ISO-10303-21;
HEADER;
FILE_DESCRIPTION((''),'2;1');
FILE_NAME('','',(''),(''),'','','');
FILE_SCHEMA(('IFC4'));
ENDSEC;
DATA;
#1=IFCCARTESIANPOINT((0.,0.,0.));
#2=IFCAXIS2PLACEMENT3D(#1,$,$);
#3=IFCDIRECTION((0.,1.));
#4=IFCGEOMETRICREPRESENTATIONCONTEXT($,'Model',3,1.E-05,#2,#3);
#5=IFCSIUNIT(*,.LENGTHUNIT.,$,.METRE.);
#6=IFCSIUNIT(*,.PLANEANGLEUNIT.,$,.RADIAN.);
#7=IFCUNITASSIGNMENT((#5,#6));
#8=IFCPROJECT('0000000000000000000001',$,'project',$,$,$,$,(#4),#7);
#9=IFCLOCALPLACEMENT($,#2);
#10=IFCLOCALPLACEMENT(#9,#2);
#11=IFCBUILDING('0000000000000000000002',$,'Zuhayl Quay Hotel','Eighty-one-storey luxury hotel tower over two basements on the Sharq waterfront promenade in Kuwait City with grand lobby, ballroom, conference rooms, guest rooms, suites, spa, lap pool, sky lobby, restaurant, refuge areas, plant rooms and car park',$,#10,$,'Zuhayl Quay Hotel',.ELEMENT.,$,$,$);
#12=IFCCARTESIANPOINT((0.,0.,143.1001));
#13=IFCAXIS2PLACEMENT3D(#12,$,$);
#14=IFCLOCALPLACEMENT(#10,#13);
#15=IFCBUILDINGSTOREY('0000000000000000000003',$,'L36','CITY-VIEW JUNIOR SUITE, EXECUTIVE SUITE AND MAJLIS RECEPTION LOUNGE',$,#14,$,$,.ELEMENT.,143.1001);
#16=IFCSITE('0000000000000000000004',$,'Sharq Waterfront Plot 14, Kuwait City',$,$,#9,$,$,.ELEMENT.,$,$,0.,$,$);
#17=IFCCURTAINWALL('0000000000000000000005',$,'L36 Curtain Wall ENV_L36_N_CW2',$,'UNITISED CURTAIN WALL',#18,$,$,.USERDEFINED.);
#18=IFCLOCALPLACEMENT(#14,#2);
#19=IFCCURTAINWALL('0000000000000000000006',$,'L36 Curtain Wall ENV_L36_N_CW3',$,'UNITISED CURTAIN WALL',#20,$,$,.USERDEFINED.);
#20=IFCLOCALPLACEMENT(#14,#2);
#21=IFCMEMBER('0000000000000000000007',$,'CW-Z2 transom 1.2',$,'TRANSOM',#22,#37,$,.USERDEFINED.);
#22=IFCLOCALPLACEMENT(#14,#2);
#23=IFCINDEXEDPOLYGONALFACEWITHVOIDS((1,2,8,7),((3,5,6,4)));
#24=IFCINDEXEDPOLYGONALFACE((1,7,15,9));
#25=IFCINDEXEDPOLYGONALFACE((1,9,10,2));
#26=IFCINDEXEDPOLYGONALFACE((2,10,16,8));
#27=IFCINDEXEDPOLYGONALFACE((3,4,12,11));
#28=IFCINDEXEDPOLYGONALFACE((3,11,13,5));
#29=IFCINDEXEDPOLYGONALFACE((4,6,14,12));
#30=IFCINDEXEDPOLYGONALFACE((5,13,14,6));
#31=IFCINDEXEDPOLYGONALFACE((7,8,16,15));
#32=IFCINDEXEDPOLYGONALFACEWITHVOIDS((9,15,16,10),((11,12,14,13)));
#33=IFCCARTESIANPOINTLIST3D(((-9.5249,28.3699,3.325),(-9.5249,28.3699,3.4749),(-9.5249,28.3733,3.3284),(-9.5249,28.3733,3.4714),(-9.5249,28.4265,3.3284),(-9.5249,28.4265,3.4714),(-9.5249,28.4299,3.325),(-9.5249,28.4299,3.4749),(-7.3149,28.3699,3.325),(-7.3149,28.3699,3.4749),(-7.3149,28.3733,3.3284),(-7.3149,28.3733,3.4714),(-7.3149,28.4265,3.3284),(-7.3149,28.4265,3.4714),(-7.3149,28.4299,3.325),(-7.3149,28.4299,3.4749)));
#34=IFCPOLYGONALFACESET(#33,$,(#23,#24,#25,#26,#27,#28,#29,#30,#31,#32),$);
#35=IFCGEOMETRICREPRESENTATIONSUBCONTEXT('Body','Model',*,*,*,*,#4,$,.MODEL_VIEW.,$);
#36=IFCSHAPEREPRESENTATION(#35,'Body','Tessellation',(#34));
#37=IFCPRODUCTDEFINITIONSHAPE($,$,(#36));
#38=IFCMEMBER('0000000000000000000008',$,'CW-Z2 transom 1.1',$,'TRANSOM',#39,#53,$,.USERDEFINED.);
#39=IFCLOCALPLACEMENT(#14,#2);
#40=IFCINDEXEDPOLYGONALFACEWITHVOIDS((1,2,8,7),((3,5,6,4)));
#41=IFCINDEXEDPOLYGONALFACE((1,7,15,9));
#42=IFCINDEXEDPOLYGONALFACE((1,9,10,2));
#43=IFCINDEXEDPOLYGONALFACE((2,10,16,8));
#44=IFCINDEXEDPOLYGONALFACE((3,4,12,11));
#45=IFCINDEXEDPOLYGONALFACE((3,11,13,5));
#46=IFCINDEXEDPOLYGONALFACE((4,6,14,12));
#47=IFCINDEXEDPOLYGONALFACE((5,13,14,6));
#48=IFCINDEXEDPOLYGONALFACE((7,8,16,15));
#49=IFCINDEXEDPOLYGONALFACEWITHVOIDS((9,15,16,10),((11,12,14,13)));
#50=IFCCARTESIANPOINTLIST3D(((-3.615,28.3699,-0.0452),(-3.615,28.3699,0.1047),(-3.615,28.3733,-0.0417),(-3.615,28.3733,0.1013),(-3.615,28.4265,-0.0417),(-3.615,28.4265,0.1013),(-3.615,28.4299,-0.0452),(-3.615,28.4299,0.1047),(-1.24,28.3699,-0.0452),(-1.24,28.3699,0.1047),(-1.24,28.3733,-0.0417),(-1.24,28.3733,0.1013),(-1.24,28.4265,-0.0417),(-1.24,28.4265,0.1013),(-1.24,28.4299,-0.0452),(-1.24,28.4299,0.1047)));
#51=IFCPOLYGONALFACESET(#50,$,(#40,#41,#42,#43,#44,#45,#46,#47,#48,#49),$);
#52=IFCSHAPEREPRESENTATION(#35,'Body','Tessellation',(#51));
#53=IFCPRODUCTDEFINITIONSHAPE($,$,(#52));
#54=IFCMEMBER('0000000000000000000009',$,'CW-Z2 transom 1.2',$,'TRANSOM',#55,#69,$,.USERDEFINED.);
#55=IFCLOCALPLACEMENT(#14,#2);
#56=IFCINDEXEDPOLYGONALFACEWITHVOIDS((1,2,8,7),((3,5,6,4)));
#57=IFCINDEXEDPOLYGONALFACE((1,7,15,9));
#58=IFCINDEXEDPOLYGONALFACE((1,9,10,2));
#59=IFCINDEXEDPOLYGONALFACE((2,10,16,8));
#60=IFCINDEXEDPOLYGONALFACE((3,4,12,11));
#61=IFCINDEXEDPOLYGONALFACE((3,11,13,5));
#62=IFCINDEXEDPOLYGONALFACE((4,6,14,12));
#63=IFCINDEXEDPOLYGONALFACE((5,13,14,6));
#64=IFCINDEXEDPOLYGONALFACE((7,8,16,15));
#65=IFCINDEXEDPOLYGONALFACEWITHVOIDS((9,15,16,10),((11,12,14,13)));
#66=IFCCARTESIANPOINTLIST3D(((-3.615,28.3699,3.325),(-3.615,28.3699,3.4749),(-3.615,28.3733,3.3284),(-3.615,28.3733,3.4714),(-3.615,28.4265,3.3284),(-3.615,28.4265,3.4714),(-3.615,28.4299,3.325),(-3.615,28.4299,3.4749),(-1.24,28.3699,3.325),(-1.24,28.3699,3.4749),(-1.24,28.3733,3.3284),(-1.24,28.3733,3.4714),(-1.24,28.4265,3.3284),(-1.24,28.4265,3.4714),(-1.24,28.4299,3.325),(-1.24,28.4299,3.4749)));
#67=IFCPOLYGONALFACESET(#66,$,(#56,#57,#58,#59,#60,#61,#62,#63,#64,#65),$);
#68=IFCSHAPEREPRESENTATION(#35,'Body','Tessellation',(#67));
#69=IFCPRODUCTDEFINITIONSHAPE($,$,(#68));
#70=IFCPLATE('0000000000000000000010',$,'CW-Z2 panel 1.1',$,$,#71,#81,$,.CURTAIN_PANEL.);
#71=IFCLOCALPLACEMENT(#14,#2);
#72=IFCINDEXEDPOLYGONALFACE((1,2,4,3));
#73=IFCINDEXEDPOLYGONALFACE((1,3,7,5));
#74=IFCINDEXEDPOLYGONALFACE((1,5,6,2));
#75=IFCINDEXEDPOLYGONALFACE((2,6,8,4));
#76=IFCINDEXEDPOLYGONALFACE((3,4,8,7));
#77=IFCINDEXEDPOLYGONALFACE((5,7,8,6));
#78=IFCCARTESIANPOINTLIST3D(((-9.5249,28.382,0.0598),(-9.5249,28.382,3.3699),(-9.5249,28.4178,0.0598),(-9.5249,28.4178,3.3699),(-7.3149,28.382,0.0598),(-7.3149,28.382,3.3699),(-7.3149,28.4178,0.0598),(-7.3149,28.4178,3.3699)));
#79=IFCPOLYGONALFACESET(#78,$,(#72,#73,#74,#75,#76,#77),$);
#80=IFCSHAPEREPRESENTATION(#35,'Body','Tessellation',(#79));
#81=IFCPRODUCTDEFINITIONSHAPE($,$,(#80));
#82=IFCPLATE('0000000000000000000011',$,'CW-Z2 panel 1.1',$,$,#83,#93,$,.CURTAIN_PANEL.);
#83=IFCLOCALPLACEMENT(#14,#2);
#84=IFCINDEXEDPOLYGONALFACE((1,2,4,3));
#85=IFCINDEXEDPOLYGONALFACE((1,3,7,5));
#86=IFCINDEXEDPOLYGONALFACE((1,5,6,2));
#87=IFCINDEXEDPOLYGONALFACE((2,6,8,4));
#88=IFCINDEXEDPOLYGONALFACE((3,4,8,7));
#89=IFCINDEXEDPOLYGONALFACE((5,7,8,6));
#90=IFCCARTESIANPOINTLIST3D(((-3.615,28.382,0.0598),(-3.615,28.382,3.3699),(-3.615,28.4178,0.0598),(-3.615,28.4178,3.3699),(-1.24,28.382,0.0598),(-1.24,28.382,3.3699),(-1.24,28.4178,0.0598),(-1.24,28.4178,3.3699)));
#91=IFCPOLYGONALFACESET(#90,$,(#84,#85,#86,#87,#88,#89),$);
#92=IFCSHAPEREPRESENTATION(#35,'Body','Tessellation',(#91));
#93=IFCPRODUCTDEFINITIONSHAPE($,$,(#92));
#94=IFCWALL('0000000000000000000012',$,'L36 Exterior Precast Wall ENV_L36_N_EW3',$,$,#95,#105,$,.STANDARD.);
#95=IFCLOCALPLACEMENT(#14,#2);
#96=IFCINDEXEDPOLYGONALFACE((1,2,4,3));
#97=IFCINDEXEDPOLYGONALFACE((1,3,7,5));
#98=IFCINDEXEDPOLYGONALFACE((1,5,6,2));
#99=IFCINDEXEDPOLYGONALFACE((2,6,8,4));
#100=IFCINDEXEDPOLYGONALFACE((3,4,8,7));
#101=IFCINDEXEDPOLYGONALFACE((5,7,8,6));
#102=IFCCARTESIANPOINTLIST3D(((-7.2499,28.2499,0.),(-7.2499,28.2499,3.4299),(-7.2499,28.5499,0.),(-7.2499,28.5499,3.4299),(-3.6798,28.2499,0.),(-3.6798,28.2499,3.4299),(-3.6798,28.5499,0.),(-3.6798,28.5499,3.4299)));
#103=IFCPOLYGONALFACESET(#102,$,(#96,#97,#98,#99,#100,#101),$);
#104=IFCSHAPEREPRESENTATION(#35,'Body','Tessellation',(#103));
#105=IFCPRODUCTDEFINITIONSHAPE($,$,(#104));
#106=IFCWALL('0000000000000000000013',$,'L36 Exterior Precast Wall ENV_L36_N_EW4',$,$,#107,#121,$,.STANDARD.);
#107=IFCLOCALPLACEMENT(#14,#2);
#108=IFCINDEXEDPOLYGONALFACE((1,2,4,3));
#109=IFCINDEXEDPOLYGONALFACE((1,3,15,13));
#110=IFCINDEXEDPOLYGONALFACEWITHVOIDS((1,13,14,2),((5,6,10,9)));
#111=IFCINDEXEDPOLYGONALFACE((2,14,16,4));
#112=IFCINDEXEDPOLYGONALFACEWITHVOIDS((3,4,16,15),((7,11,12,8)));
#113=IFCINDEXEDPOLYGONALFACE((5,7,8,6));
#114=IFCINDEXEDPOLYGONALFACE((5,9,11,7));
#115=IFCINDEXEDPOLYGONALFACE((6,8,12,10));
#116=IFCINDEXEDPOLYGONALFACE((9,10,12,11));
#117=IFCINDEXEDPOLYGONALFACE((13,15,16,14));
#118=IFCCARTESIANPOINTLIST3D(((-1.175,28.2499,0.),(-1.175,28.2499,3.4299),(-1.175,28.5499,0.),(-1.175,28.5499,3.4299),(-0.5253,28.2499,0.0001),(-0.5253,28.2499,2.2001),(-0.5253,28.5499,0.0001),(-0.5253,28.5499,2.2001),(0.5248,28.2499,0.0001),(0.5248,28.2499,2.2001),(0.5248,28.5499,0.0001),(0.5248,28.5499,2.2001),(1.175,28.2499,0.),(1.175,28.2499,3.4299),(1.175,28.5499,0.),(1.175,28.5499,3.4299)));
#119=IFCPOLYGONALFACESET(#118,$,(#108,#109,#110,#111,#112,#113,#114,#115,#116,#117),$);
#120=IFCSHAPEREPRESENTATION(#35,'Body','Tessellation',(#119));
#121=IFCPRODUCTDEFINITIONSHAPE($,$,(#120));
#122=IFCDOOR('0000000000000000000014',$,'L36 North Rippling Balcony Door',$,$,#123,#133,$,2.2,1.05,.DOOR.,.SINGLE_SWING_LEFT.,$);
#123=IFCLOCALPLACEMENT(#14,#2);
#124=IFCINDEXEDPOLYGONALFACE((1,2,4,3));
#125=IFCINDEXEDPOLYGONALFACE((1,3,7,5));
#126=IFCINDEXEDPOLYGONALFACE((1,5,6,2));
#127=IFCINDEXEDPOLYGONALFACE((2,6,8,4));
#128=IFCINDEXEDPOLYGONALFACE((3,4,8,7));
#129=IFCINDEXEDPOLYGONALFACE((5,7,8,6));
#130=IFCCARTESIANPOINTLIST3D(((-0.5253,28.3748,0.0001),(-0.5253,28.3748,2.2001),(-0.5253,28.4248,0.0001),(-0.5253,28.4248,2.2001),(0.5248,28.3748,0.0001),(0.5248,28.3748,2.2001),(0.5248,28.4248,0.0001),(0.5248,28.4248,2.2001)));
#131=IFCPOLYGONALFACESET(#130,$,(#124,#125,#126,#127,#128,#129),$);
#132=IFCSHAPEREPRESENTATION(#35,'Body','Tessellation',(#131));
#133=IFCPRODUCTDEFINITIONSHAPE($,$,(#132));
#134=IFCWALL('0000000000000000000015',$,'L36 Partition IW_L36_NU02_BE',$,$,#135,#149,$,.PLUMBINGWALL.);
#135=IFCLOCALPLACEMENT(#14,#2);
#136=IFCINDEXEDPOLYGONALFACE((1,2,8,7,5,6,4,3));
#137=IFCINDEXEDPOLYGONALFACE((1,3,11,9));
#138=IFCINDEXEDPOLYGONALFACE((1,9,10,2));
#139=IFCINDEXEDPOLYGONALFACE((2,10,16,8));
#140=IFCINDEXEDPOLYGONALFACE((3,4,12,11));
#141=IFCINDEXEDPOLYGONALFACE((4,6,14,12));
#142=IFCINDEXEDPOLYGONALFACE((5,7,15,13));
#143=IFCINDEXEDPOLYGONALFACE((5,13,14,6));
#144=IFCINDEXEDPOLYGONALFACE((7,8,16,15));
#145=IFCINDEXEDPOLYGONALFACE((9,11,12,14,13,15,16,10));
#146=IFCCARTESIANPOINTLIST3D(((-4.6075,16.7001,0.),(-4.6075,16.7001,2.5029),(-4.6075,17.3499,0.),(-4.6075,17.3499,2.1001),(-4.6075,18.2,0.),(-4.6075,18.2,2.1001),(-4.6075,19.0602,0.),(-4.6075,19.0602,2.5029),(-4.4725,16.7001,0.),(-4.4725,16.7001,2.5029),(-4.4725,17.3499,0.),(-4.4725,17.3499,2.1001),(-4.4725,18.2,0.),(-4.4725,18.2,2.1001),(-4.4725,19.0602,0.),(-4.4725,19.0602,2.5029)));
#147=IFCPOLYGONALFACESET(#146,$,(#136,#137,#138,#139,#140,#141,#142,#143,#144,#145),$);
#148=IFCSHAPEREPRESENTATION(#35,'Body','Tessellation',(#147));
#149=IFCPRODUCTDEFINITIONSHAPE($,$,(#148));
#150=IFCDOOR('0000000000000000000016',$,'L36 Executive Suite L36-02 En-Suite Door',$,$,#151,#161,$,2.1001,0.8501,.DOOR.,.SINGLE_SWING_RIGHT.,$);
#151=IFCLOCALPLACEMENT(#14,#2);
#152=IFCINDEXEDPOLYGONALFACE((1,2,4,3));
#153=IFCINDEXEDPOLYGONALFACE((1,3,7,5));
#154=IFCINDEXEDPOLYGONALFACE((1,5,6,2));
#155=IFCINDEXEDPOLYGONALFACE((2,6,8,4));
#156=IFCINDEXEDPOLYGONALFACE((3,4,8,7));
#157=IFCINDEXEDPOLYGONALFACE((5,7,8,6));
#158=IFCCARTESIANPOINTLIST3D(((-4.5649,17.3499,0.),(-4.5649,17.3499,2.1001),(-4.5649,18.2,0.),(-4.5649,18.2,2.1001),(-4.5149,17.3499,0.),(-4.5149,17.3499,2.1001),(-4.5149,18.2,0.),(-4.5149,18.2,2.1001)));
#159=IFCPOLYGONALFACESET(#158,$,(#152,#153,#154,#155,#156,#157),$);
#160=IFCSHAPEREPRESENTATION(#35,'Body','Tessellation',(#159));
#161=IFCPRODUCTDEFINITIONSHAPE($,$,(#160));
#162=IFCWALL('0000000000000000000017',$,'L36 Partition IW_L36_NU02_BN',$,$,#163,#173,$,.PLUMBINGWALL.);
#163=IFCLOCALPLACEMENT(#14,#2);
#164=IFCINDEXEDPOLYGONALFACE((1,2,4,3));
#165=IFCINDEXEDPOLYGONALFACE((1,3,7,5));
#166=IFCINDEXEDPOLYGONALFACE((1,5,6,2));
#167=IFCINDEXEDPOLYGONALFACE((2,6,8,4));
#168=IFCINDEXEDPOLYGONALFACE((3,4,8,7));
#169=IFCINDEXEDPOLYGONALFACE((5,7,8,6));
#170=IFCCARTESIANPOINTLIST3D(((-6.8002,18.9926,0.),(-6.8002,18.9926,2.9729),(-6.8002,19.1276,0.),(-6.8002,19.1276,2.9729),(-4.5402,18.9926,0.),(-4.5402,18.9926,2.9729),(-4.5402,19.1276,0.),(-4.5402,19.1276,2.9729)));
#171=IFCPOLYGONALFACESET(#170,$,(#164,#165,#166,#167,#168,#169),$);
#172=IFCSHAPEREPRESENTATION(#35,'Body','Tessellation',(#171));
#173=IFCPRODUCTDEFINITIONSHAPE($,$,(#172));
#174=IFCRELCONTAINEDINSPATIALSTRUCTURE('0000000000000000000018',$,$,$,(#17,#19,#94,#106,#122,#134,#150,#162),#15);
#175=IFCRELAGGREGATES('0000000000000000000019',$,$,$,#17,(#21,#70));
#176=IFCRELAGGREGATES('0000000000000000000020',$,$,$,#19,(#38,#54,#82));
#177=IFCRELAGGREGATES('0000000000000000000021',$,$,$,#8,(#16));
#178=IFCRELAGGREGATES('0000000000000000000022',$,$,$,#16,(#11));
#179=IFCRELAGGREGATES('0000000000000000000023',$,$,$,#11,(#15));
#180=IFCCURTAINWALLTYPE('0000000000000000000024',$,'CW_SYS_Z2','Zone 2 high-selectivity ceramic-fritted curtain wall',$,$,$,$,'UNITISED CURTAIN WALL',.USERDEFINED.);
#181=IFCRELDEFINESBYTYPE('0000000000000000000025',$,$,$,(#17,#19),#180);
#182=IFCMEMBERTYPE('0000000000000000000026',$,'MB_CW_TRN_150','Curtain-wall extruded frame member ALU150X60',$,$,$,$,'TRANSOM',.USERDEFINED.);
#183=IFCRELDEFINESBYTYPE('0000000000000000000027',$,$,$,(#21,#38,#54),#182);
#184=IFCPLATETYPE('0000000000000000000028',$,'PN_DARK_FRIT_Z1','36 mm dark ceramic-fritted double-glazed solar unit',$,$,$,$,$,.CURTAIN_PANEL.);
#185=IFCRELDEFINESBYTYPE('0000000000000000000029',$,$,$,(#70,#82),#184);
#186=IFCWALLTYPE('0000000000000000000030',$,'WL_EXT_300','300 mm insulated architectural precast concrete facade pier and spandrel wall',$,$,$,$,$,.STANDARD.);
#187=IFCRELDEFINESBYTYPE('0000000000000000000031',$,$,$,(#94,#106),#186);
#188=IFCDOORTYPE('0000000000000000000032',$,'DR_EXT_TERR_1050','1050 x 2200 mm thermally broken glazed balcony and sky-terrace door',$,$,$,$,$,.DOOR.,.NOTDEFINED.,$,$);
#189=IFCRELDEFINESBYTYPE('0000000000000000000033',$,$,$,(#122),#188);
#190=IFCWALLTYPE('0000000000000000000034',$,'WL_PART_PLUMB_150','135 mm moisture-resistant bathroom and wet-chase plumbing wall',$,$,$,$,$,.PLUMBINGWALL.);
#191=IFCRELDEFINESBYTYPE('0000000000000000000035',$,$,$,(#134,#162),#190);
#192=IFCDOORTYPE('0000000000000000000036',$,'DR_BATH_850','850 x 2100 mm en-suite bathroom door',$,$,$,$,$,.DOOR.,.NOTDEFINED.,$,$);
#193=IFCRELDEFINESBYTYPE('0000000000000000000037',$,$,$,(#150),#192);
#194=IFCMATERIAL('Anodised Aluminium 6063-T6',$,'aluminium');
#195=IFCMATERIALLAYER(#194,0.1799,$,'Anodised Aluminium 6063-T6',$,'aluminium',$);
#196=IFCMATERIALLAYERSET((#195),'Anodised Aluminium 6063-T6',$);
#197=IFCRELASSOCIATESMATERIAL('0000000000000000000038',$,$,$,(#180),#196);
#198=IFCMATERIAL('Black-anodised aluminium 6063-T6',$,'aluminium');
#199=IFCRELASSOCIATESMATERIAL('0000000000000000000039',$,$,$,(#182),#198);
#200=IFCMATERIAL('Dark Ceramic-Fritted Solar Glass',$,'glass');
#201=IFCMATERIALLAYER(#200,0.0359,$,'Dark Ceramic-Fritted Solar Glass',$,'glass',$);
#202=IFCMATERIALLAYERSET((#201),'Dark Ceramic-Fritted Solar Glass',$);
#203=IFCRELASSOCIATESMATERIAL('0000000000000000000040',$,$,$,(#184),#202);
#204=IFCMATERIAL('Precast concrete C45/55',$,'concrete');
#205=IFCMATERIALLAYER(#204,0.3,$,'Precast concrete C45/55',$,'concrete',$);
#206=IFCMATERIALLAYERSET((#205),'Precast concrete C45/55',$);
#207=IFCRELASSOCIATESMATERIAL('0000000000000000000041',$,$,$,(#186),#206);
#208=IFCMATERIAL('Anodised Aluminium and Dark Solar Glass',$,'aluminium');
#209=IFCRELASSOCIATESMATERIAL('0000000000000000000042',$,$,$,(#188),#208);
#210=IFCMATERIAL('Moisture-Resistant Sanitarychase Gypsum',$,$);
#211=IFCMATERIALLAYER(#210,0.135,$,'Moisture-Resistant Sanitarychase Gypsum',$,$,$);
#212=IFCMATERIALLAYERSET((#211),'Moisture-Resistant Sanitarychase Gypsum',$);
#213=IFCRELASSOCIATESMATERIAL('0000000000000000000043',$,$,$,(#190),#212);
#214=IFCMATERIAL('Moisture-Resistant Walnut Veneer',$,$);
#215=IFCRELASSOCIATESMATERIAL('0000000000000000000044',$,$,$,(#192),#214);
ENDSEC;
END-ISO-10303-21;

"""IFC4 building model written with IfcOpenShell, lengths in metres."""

from ifc_helpers import new_model, si_unit, direction, frame, frame_2d, origin, origin_2d, place, context, subcontext, project, spatial, rectangle, hollow_rectangle, extrude, material, layer, layer_set, material_profile, profile_set, type_object, element, fill, aggregate, save


model = new_model("IFC4")

# Units and contexts
model_context = context("Model", 3, precision=1e-05, world=origin(), true_north=direction((0.0, 1.0)))
body_context = subcontext(model_context, "Body", "Model", "MODEL_VIEW")
ifc_project = project(units=[si_unit("LENGTHUNIT", "METRE"), si_unit("PLANEANGLEUNIT", "RADIAN")], contexts=[model_context])

# Site, building, storey
site_placement = place(None, origin())
site = spatial("IfcSite", under=ifc_project, at=site_placement, Name="Sharq Waterfront Plot 14, Kuwait City", CompositionType="ELEMENT", RefElevation=0.0)
building_placement = place(site_placement, origin())
building = spatial("IfcBuilding", under=site, at=building_placement, Name="Zuhayl Quay Hotel", Description="Eighty-one-storey luxury hotel tower over two basements on the Sharq waterfront promenade in Kuwait City with grand lobby, ballroom, conference rooms, guest rooms, suites, spa, lap pool, sky lobby, restaurant, refuge areas, plant rooms and car park", LongName="Zuhayl Quay Hotel", CompositionType="ELEMENT")
storey_placement = place(building_placement, frame((0.0, 0.0, 143.1001)))
storey = spatial("IfcBuildingStorey", under=building, at=storey_placement, Name="L36", Description="CITY-VIEW JUNIOR SUITE, EXECUTIVE SUITE AND MAJLIS RECEPTION LOUNGE", CompositionType="ELEMENT", Elevation=143.1001)

# Curtain walls
ifc_material_1 = material(Name="Anodised Aluminium 6063-T6", Category="aluminium")
ifc_layer_1 = layer(ifc_material_1, 0.1799, Name="Anodised Aluminium 6063-T6", Category="aluminium")
ifc_layer_set_1 = layer_set([ifc_layer_1], Name="Anodised Aluminium 6063-T6")
curtain_wall_type = type_object("IfcCurtainWallType", Name="CW_SYS_Z2", Description="Zone 2 high-selectivity ceramic-fritted curtain wall", ElementType="UNITISED CURTAIN WALL", PredefinedType="USERDEFINED", material=ifc_layer_set_1)
curtain_wall_1_placement = place(storey_placement, origin())
curtain_wall_1 = element("IfcCurtainWall", 1, at=curtain_wall_1_placement, inside=storey, type_object=curtain_wall_type, Name="L36 Curtain Wall ENV_L36_N_CW2", ObjectType="UNITISED CURTAIN WALL", PredefinedType="USERDEFINED")
ifc_material_2 = material(Name="Black-anodised aluminium 6063-T6", Category="aluminium")
curtain_wall_2_placement = place(storey_placement, origin())
curtain_wall_2 = element("IfcCurtainWall", 2, at=curtain_wall_2_placement, inside=storey, type_object=curtain_wall_type, Name="L36 Curtain Wall ENV_L36_N_CW3", ObjectType="UNITISED CURTAIN WALL", PredefinedType="USERDEFINED")

# Members
ifc_material_profile_1 = material_profile(ifc_material_2, hollow_rectangle(XDim=0.0601, YDim=0.1499, WallThickness=0.0034, at=origin_2d()), Name="ALU150X60")
ifc_profile_set_1 = profile_set([ifc_material_profile_1], Name="Black-anodised aluminium 6063-T6")
member_type_1 = type_object("IfcMemberType", Name="MB_CW_TRN_150", Description="Curtain-wall extruded frame member ALU150X60", ElementType="TRANSOM", PredefinedType="USERDEFINED", material=ifc_profile_set_1)
member_1_placement = place(storey_placement, frame((-9.5249, 28.3999, 3.3999), z_axis=(1.0, 0.0, 0.0), x_axis=(0.0, 1.0, 0.0)))
member_1 = element("IfcMember", 3, at=member_1_placement, type_object=member_type_1, Name="CW-Z2 transom 1.2", ObjectType="TRANSOM", PredefinedType="USERDEFINED", context=body_context, shape_type="SweptSolid", body=[
    extrude(hollow_rectangle(XDim=0.0601, YDim=0.1499, WallThickness=0.0034, at=origin_2d()), origin(), (0.0, 0.0, 1.0), 2.21),
])
member_2_placement = place(storey_placement, frame((-3.615, 28.3999, 0.0298), z_axis=(1.0, 0.0, 0.0), x_axis=(0.0, 1.0, 0.0)))
member_2 = element("IfcMember", 4, at=member_2_placement, type_object=member_type_1, Name="CW-Z2 transom 1.1", ObjectType="TRANSOM", PredefinedType="USERDEFINED", context=body_context, shape_type="SweptSolid", body=[
    extrude(hollow_rectangle(XDim=0.0601, YDim=0.1499, WallThickness=0.0034, at=origin_2d()), origin(), (0.0, 0.0, 1.0), 2.375),
])
member_3_placement = place(storey_placement, frame((-3.615, 28.3999, 3.3999), z_axis=(1.0, 0.0, 0.0), x_axis=(0.0, 1.0, 0.0)))
member_3 = element("IfcMember", 5, at=member_3_placement, type_object=member_type_1, Name="CW-Z2 transom 1.2", ObjectType="TRANSOM", PredefinedType="USERDEFINED", context=body_context, shape_type="SweptSolid", body=[
    extrude(hollow_rectangle(XDim=0.0601, YDim=0.1499, WallThickness=0.0034, at=origin_2d()), origin(), (0.0, 0.0, 1.0), 2.375),
])

# Plates
ifc_material_3 = material(Name="Dark Ceramic-Fritted Solar Glass", Category="glass")
ifc_layer_2 = layer(ifc_material_3, 0.0359, Name="Dark Ceramic-Fritted Solar Glass", Category="glass")
ifc_layer_set_2 = layer_set([ifc_layer_2], Name="Dark Ceramic-Fritted Solar Glass")
plate_type = type_object("IfcPlateType", Name="PN_DARK_FRIT_Z1", Description="36 mm dark ceramic-fritted double-glazed solar unit", PredefinedType="CURTAIN_PANEL", material=ifc_layer_set_2)
plate_1_placement = place(storey_placement, frame((-8.4199, 28.3999, 0.0598), z_axis=(0.0, 0.0, 1.0), x_axis=(1.0, 0.0, 0.0)))
plate_1 = element("IfcPlate", 6, at=plate_1_placement, type_object=plate_type, Name="CW-Z2 panel 1.1", PredefinedType="CURTAIN_PANEL", context=body_context, shape_type="SweptSolid", body=[
    extrude(rectangle(XDim=2.21, YDim=0.0359, at=origin_2d()), origin(), (0.0, 0.0, 1.0), 3.3101),
])
aggregate(curtain_wall_1, [member_1, plate_1])
plate_2_placement = place(storey_placement, frame((-2.4275, 28.3999, 0.0598), z_axis=(0.0, 0.0, 1.0), x_axis=(1.0, 0.0, 0.0)))
plate_2 = element("IfcPlate", 7, at=plate_2_placement, type_object=plate_type, Name="CW-Z2 panel 1.1", PredefinedType="CURTAIN_PANEL", context=body_context, shape_type="SweptSolid", body=[
    extrude(rectangle(XDim=2.375, YDim=0.0359, at=origin_2d()), origin(), (0.0, 0.0, 1.0), 3.3101),
])
aggregate(curtain_wall_2, [member_2, member_3, plate_2])

# Wall
ifc_material_4 = material(Name="Precast concrete C45/55", Category="concrete")
ifc_layer_3 = layer(ifc_material_4, 0.3, Name="Precast concrete C45/55", Category="concrete")
ifc_layer_set_3 = layer_set([ifc_layer_3], Name="Precast concrete C45/55")
wall_type_1 = type_object("IfcWallType", Name="WL_EXT_300", Description="300 mm insulated architectural precast concrete facade pier and spandrel wall", PredefinedType="STANDARD", material=ifc_layer_set_3)
wall_1_placement = place(storey_placement, frame((-7.25, 28.3999, 0.0), z_axis=(0.0, 0.0, 1.0), x_axis=(1.0, 0.0, 0.0)))
element("IfcWall", 8, at=wall_1_placement, inside=storey, type_object=wall_type_1, Name="L36 Exterior Precast Wall ENV_L36_N_EW3", PredefinedType="STANDARD", context=body_context, shape_type="SweptSolid", body=[
    extrude(rectangle(XDim=3.5701, YDim=0.3, at=frame_2d((1.7852, 0.0))), origin(), (0.0, 0.0, 1.0), 3.4299),
])

# Walls, openings, doors
wall_2_placement = place(storey_placement, frame((-1.175, 28.3999, 0.0), z_axis=(0.0, 0.0, 1.0), x_axis=(1.0, 0.0, 0.0)))
wall_2 = element("IfcWall", 9, at=wall_2_placement, inside=storey, type_object=wall_type_1, Name="L36 Exterior Precast Wall ENV_L36_N_EW4", PredefinedType="STANDARD", context=body_context, shape_type="SweptSolid", body=[
    extrude(rectangle(XDim=2.3501, YDim=0.3, at=frame_2d((1.175, 0.0))), origin(), (0.0, 0.0, 1.0), 3.4299),
])
opening_1_placement = place(wall_2_placement, frame((0.6499, 0.0, 0.0)))
opening_1 = element("IfcOpeningElement", 10, at=opening_1_placement, cuts=wall_2, PredefinedType="OPENING", context=body_context, shape_type="SweptSolid", body=[
    extrude(rectangle(XDim=1.05, YDim=2.2, at=frame_2d((0.5249, 1.1001))), frame((0.0, 0.1599, 0.0), z_axis=(0.0, -1.0, 0.0), x_axis=(1.0, 0.0, 0.0)), (0.0, 0.0, 1.0), 0.3201),
])
ifc_material_5 = material(Name="Anodised Aluminium and Dark Solar Glass", Category="aluminium")
door_type_1 = type_object("IfcDoorType", Name="DR_EXT_TERR_1050", Description="1050 x 2200 mm thermally broken glazed balcony and sky-terrace door", OperationType="NOTDEFINED", PredefinedType="DOOR", material=ifc_material_5)
door_1_placement = place(opening_1_placement, origin())
door_1 = element("IfcDoor", 11, at=door_1_placement, inside=storey, type_object=door_type_1, Name="L36 North Rippling Balcony Door", OperationType="SINGLE_SWING_LEFT", OverallHeight=2.2, OverallWidth=1.05, PredefinedType="DOOR", context=body_context, shape_type="SweptSolid", body=[
    extrude(rectangle(XDim=1.05, YDim=2.2, at=frame_2d((0.5249, 1.1001))), frame((0.0, 0.0249, 0.0), z_axis=(0.0, -1.0, 0.0), x_axis=(1.0, 0.0, 0.0)), (0.0, 0.0, 1.0), 0.05),
])
fill(opening_1, door_1)
ifc_material_6 = material(Name="Moisture-Resistant Sanitarychase Gypsum")
ifc_layer_4 = layer(ifc_material_6, 0.135, Name="Moisture-Resistant Sanitarychase Gypsum")
ifc_layer_set_4 = layer_set([ifc_layer_4], Name="Moisture-Resistant Sanitarychase Gypsum")
wall_type_2 = type_object("IfcWallType", Name="WL_PART_PLUMB_150", Description="135 mm moisture-resistant bathroom and wet-chase plumbing wall", PredefinedType="PLUMBINGWALL", material=ifc_layer_set_4)
wall_3_placement = place(storey_placement, frame((-4.54, 16.7, 0.0), z_axis=(0.0, 0.0, 1.0), x_axis=(0.0, 1.0, 0.0)))
wall_3 = element("IfcWall", 12, at=wall_3_placement, inside=storey, type_object=wall_type_2, Name="L36 Partition IW_L36_NU02_BE", PredefinedType="PLUMBINGWALL", context=body_context, shape_type="SweptSolid", body=[
    extrude(rectangle(XDim=2.3601, YDim=0.135, at=frame_2d((1.1802, 0.0))), origin(), (0.0, 0.0, 1.0), 2.5029),
])
opening_2_placement = place(wall_3_placement, frame((0.6499, 0.0, 0.0)))
opening_2 = element("IfcOpeningElement", 13, at=opening_2_placement, cuts=wall_3, PredefinedType="OPENING", context=body_context, shape_type="SweptSolid", body=[
    extrude(rectangle(XDim=0.8501, YDim=2.1001, at=frame_2d((0.425, 1.05))), frame((0.0, 0.0774, 0.0), z_axis=(0.0, -1.0, 0.0), x_axis=(1.0, 0.0, 0.0)), (0.0, 0.0, 1.0), 0.155),
])
ifc_material_7 = material(Name="Moisture-Resistant Walnut Veneer")
door_type_2 = type_object("IfcDoorType", Name="DR_BATH_850", Description="850 x 2100 mm en-suite bathroom door", OperationType="NOTDEFINED", PredefinedType="DOOR", material=ifc_material_7)
door_2_placement = place(opening_2_placement, origin())
door_2 = element("IfcDoor", 14, at=door_2_placement, inside=storey, type_object=door_type_2, Name="L36 Executive Suite L36-02 En-Suite Door", OperationType="SINGLE_SWING_RIGHT", OverallHeight=2.1001, OverallWidth=0.8501, PredefinedType="DOOR", context=body_context, shape_type="SweptSolid", body=[
    extrude(rectangle(XDim=0.8501, YDim=2.1001, at=frame_2d((0.425, 1.05))), frame((0.0, 0.0249, 0.0), z_axis=(0.0, -1.0, 0.0), x_axis=(1.0, 0.0, 0.0)), (0.0, 0.0, 1.0), 0.05),
])
fill(opening_2, door_2)

# Wall
wall_4_placement = place(storey_placement, frame((-6.8, 19.0601, 0.0), z_axis=(0.0, 0.0, 1.0), x_axis=(1.0, 0.0, 0.0)))
element("IfcWall", 15, at=wall_4_placement, inside=storey, type_object=wall_type_2, Name="L36 Partition IW_L36_NU02_BN", PredefinedType="PLUMBINGWALL", context=body_context, shape_type="SweptSolid", body=[
    extrude(rectangle(XDim=2.26, YDim=0.135, at=frame_2d((1.1299, 0.0))), origin(), (0.0, 0.0, 1.0), 2.9729),
])

save(model, "model.ifc")
